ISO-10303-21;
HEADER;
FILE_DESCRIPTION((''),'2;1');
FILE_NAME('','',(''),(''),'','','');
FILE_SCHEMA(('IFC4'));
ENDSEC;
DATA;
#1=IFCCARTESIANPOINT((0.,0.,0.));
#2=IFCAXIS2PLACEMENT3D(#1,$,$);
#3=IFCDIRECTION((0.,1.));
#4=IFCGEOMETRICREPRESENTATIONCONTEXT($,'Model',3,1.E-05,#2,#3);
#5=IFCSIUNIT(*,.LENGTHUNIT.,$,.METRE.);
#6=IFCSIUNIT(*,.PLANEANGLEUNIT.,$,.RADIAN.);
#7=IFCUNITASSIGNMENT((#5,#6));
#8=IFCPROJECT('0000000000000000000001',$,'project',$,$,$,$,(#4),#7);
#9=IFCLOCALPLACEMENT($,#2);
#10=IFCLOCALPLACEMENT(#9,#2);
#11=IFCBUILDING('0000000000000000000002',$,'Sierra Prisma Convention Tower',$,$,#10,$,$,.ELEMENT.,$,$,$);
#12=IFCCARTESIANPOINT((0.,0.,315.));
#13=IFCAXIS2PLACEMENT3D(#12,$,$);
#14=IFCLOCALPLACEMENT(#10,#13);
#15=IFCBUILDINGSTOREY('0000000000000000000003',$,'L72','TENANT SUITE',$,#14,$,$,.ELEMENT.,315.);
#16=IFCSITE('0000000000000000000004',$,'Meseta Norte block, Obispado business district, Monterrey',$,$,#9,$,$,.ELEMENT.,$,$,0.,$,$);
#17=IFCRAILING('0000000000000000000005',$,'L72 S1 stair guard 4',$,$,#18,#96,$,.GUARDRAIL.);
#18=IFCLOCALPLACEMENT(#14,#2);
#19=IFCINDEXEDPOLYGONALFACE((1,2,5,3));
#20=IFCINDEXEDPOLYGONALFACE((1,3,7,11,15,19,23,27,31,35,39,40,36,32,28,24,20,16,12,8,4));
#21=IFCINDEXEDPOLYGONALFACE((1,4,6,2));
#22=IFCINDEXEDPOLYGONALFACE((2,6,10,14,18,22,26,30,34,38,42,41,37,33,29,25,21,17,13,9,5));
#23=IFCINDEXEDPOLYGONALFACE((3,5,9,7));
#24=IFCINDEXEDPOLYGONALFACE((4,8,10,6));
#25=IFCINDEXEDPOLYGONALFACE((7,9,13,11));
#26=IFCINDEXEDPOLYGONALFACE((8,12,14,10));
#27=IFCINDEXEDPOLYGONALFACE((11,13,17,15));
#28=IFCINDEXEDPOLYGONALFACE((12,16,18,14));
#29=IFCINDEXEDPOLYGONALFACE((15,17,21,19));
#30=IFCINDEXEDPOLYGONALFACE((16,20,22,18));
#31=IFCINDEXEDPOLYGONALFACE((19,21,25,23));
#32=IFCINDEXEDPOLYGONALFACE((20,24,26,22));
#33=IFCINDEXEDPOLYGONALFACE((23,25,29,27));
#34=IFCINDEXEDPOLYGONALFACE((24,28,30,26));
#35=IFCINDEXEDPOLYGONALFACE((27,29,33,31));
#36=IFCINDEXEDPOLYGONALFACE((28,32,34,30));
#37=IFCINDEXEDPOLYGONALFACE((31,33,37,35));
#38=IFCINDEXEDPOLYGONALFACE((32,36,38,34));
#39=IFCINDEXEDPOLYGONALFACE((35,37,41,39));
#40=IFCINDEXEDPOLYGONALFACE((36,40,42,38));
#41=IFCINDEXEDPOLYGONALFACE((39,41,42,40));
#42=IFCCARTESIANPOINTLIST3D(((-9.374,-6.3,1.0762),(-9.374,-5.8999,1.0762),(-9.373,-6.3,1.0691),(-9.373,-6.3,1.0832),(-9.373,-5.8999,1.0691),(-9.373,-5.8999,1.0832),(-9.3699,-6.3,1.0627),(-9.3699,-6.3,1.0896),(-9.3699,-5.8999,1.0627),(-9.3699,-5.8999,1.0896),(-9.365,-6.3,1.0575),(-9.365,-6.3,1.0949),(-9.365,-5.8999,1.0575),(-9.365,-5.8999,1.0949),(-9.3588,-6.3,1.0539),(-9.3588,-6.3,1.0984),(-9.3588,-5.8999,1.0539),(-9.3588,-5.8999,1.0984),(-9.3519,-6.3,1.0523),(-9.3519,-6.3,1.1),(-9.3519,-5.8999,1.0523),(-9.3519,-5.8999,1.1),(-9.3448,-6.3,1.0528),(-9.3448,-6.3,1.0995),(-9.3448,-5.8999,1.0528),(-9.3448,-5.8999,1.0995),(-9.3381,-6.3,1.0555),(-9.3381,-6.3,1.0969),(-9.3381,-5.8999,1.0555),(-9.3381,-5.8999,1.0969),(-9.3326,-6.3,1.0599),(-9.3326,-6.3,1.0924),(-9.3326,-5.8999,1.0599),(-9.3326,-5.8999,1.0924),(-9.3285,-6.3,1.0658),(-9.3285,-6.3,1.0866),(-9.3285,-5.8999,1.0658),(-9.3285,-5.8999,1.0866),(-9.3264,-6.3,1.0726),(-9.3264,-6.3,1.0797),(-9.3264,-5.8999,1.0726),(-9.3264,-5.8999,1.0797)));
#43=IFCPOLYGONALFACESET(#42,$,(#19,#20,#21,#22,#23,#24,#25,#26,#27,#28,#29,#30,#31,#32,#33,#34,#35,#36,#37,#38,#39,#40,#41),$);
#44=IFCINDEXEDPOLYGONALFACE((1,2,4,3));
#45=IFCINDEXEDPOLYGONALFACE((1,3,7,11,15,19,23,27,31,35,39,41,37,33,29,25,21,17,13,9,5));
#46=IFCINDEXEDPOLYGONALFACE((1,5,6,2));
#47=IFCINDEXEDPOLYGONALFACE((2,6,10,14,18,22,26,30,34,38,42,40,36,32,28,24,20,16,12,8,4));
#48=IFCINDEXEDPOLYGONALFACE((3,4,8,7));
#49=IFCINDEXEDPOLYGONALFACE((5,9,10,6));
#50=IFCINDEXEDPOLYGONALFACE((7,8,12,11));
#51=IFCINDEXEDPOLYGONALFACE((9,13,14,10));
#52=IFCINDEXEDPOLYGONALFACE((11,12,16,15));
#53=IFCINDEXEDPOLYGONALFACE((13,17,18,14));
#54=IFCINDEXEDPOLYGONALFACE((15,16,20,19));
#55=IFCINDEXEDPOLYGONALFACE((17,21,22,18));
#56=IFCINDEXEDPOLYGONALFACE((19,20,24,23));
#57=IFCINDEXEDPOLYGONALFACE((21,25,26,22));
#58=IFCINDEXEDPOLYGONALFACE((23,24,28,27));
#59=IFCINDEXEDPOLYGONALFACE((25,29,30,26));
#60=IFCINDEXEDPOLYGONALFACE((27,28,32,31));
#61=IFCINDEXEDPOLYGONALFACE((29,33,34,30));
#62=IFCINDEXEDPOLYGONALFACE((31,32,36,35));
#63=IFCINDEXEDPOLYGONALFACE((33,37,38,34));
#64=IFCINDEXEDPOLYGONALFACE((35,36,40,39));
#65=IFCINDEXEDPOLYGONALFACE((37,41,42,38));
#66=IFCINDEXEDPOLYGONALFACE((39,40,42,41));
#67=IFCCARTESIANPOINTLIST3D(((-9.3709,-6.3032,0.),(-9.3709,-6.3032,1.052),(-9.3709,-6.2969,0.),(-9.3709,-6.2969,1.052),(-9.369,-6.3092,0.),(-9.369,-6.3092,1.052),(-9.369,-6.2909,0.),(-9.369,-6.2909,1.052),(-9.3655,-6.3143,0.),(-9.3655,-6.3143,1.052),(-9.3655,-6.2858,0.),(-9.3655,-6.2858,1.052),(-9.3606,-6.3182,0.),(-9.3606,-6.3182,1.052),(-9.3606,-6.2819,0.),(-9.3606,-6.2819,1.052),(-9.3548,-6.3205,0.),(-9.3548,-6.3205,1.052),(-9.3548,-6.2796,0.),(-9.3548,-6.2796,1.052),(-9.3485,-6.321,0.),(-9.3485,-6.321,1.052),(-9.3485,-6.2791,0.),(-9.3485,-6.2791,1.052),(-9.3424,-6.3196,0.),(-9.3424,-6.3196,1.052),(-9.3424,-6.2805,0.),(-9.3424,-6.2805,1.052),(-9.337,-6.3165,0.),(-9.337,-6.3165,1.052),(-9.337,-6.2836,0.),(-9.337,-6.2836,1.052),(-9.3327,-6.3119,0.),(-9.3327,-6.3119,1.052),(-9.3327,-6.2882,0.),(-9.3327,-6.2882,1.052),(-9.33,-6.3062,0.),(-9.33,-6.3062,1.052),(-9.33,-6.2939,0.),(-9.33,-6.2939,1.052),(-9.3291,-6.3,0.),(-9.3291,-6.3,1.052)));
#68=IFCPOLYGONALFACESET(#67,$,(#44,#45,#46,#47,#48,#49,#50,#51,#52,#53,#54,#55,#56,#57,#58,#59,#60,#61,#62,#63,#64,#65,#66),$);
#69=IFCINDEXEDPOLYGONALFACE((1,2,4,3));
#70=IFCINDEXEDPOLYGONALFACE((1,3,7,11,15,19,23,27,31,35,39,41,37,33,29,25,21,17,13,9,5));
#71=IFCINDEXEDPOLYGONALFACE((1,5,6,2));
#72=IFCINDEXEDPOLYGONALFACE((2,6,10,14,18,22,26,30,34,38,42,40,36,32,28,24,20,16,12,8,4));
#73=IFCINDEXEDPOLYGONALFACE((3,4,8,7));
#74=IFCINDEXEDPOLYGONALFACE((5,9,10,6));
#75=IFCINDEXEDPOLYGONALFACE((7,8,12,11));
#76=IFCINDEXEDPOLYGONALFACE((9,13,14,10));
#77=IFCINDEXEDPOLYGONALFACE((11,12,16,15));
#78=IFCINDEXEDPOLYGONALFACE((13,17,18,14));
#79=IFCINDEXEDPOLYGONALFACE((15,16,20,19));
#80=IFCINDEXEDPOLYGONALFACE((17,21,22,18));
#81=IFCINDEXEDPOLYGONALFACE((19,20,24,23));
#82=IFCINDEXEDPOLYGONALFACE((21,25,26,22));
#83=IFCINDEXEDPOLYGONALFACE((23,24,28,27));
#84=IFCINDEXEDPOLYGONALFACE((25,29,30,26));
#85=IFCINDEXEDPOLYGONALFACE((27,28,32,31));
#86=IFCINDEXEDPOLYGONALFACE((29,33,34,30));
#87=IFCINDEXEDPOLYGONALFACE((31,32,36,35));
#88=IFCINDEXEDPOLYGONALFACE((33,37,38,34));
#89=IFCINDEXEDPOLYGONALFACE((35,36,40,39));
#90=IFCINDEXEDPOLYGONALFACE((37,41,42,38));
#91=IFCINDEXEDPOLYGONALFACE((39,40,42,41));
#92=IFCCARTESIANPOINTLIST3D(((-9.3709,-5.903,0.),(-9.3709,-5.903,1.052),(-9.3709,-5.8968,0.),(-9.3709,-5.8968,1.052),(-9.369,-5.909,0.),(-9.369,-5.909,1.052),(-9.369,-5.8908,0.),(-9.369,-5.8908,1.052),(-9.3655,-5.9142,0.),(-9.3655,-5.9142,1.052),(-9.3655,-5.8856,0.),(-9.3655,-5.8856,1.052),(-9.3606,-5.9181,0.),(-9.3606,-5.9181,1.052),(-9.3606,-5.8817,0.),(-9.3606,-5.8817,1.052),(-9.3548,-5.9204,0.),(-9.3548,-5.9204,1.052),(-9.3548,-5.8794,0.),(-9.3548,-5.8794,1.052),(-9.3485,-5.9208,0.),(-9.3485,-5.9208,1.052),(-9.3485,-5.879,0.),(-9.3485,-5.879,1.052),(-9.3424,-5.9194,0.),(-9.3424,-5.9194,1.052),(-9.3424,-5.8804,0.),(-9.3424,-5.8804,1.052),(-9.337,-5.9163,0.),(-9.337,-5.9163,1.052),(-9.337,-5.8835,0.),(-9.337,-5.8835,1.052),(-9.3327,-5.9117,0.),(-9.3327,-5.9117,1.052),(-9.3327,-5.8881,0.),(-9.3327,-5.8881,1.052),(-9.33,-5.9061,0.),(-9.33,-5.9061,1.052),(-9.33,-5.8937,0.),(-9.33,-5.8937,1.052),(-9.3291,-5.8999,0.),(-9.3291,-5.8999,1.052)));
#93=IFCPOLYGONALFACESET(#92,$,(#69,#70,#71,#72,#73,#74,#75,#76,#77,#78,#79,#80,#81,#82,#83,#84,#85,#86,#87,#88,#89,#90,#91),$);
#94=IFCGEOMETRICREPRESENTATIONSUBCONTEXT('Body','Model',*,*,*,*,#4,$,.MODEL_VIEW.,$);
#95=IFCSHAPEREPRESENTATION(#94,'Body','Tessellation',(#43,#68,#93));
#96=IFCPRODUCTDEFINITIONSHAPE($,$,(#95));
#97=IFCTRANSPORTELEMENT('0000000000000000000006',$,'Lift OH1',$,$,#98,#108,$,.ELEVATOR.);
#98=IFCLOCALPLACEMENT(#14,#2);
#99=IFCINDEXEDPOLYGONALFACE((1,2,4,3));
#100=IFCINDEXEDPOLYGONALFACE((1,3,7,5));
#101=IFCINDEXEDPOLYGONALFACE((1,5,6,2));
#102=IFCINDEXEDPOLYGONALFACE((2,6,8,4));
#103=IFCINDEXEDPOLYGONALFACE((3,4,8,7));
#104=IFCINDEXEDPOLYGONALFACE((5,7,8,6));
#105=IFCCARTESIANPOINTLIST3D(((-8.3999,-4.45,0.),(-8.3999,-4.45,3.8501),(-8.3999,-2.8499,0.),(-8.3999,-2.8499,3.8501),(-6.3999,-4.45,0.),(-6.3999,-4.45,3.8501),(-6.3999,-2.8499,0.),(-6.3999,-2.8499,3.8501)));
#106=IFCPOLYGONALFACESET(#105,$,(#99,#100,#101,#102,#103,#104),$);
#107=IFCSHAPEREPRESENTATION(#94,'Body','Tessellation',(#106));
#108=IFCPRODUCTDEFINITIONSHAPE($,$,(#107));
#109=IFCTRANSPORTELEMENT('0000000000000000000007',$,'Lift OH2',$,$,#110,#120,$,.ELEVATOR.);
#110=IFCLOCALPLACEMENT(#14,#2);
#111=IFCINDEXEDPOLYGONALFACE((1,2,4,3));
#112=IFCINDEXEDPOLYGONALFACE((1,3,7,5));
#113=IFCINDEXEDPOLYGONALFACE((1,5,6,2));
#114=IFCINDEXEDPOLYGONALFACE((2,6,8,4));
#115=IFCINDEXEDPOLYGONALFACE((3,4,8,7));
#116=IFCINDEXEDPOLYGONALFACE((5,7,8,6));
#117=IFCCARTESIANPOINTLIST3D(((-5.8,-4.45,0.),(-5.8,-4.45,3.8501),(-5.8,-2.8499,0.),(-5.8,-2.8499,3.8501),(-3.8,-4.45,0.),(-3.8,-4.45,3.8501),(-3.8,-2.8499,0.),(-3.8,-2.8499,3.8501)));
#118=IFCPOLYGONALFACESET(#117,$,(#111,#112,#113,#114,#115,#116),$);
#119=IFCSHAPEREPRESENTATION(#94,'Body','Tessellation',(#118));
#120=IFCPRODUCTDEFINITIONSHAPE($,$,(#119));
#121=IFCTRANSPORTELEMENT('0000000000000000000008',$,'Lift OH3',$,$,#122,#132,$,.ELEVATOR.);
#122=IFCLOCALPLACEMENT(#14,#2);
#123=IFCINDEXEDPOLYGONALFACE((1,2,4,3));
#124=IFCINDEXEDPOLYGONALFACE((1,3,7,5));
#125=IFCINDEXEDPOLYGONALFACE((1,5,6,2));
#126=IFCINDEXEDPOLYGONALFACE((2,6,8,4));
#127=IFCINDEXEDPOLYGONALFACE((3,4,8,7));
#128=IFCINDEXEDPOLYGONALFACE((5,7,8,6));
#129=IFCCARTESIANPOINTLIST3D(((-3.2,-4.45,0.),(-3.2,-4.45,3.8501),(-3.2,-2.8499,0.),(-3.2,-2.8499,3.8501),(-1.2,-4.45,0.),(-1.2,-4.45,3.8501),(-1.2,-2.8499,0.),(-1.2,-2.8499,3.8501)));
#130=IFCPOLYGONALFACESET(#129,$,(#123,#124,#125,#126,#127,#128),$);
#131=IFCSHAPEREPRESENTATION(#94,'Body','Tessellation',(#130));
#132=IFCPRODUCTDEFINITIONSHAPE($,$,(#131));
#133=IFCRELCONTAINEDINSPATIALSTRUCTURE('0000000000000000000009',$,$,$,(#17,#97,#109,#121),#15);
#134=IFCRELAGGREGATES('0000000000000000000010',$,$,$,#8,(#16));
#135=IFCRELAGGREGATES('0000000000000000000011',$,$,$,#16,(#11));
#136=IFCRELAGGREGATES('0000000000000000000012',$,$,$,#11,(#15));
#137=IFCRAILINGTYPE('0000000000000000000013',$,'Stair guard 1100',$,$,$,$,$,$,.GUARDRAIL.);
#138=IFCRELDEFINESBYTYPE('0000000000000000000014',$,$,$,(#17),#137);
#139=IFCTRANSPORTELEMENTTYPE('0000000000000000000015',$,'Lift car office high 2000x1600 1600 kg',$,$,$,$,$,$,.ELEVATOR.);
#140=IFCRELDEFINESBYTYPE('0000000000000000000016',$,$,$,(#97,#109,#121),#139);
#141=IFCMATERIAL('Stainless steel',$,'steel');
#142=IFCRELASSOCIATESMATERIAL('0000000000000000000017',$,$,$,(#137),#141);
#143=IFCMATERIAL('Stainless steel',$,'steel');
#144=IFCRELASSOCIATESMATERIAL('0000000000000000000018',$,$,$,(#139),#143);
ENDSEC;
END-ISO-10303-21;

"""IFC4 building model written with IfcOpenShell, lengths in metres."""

from ifc_helpers import new_model, si_unit, direction, frame, origin, origin_2d, place, context, subcontext, project, spatial, rectangle, circle, extrude, material, type_object, element, save


model = new_model("IFC4")

# Units and contexts
model_context = context("Model", 3, precision=1e-05, world=origin(), true_north=direction((0.0, 1.0)))
body_context = subcontext(model_context, "Body", "Model", "MODEL_VIEW")
ifc_project = project(units=[si_unit("LENGTHUNIT", "METRE"), si_unit("PLANEANGLEUNIT", "RADIAN")], contexts=[model_context])

# Site, building, storey
site_placement = place(None, origin())
site = spatial("IfcSite", under=ifc_project, at=site_placement, Name="Meseta Norte block, Obispado business district, Monterrey", CompositionType="ELEMENT", RefElevation=0.0)
building_placement = place(site_placement, origin())
building = spatial("IfcBuilding", under=site, at=building_placement, Name="Sierra Prisma Convention Tower", CompositionType="ELEMENT")
storey_placement = place(building_placement, frame((0.0, 0.0, 315.0)))
storey = spatial("IfcBuildingStorey", under=building, at=storey_placement, Name="L72", Description="TENANT SUITE", CompositionType="ELEMENT", Elevation=315.0)

# Railing
ifc_material_1 = material(Name="Stainless steel", Category="steel")
railing_type_1 = type_object("IfcRailingType", Name="Stair guard 1100", PredefinedType="GUARDRAIL", material=ifc_material_1)
railing_1_placement = place(storey_placement, frame((-9.3501, -6.3, 0.0)))
element("IfcRailing", 1, at=railing_1_placement, inside=storey, type_object=railing_type_1, Name="L72 S1 stair guard 4", PredefinedType="GUARDRAIL", context=body_context, shape_type="SweptSolid", body=[
    extrude(circle(Radius=0.0239, at=origin_2d()), frame((0.0, 0.0, 1.0762), z_axis=(0.0, 1.0, 0.0), x_axis=(-1.0, 0.0, 0.0)), (0.0, 0.0, 1.0), 0.4001),
    extrude(circle(Radius=0.021, at=origin_2d()), origin(), (0.0, 0.0, 1.0), 1.052),
    extrude(circle(Radius=0.021, at=origin_2d()), frame((0.0, 0.4001, 0.0)), (0.0, 0.0, 1.0), 1.052),
])

# Transport elements
ifc_material_2 = material(Name="Stainless steel", Category="steel")
transport_element_type = type_object("IfcTransportElementType", Name="Lift car office high 2000x1600 1600 kg", PredefinedType="ELEVATOR", material=ifc_material_2)
for number, where, z_axis, x_axis, name in (
    (2, (-7.3999, -3.6499, 0.0), (0.0, 0.0, 1.0), (1.0, 0.0, 0.0), "Lift OH1"),
    (3, (-4.8, -3.6499, 0.0), (0.0, 0.0, 1.0), (1.0, 0.0, 0.0), "Lift OH2"),
    (4, (-2.2, -3.6499, 0.0), (0.0, 0.0, 1.0), (1.0, 0.0, 0.0), "Lift OH3"),
):
    element("IfcTransportElement", number, at=place(storey_placement, frame(where, z_axis=z_axis, x_axis=x_axis)), inside=storey, type_object=transport_element_type, Name=name, PredefinedType="ELEVATOR", context=body_context, shape_type="SweptSolid", body=[
        extrude(rectangle(XDim=2.0, YDim=1.6001, at=origin_2d()), origin(), (0.0, 0.0, 1.0), 3.8501),
    ])

save(model, "model.ifc")
